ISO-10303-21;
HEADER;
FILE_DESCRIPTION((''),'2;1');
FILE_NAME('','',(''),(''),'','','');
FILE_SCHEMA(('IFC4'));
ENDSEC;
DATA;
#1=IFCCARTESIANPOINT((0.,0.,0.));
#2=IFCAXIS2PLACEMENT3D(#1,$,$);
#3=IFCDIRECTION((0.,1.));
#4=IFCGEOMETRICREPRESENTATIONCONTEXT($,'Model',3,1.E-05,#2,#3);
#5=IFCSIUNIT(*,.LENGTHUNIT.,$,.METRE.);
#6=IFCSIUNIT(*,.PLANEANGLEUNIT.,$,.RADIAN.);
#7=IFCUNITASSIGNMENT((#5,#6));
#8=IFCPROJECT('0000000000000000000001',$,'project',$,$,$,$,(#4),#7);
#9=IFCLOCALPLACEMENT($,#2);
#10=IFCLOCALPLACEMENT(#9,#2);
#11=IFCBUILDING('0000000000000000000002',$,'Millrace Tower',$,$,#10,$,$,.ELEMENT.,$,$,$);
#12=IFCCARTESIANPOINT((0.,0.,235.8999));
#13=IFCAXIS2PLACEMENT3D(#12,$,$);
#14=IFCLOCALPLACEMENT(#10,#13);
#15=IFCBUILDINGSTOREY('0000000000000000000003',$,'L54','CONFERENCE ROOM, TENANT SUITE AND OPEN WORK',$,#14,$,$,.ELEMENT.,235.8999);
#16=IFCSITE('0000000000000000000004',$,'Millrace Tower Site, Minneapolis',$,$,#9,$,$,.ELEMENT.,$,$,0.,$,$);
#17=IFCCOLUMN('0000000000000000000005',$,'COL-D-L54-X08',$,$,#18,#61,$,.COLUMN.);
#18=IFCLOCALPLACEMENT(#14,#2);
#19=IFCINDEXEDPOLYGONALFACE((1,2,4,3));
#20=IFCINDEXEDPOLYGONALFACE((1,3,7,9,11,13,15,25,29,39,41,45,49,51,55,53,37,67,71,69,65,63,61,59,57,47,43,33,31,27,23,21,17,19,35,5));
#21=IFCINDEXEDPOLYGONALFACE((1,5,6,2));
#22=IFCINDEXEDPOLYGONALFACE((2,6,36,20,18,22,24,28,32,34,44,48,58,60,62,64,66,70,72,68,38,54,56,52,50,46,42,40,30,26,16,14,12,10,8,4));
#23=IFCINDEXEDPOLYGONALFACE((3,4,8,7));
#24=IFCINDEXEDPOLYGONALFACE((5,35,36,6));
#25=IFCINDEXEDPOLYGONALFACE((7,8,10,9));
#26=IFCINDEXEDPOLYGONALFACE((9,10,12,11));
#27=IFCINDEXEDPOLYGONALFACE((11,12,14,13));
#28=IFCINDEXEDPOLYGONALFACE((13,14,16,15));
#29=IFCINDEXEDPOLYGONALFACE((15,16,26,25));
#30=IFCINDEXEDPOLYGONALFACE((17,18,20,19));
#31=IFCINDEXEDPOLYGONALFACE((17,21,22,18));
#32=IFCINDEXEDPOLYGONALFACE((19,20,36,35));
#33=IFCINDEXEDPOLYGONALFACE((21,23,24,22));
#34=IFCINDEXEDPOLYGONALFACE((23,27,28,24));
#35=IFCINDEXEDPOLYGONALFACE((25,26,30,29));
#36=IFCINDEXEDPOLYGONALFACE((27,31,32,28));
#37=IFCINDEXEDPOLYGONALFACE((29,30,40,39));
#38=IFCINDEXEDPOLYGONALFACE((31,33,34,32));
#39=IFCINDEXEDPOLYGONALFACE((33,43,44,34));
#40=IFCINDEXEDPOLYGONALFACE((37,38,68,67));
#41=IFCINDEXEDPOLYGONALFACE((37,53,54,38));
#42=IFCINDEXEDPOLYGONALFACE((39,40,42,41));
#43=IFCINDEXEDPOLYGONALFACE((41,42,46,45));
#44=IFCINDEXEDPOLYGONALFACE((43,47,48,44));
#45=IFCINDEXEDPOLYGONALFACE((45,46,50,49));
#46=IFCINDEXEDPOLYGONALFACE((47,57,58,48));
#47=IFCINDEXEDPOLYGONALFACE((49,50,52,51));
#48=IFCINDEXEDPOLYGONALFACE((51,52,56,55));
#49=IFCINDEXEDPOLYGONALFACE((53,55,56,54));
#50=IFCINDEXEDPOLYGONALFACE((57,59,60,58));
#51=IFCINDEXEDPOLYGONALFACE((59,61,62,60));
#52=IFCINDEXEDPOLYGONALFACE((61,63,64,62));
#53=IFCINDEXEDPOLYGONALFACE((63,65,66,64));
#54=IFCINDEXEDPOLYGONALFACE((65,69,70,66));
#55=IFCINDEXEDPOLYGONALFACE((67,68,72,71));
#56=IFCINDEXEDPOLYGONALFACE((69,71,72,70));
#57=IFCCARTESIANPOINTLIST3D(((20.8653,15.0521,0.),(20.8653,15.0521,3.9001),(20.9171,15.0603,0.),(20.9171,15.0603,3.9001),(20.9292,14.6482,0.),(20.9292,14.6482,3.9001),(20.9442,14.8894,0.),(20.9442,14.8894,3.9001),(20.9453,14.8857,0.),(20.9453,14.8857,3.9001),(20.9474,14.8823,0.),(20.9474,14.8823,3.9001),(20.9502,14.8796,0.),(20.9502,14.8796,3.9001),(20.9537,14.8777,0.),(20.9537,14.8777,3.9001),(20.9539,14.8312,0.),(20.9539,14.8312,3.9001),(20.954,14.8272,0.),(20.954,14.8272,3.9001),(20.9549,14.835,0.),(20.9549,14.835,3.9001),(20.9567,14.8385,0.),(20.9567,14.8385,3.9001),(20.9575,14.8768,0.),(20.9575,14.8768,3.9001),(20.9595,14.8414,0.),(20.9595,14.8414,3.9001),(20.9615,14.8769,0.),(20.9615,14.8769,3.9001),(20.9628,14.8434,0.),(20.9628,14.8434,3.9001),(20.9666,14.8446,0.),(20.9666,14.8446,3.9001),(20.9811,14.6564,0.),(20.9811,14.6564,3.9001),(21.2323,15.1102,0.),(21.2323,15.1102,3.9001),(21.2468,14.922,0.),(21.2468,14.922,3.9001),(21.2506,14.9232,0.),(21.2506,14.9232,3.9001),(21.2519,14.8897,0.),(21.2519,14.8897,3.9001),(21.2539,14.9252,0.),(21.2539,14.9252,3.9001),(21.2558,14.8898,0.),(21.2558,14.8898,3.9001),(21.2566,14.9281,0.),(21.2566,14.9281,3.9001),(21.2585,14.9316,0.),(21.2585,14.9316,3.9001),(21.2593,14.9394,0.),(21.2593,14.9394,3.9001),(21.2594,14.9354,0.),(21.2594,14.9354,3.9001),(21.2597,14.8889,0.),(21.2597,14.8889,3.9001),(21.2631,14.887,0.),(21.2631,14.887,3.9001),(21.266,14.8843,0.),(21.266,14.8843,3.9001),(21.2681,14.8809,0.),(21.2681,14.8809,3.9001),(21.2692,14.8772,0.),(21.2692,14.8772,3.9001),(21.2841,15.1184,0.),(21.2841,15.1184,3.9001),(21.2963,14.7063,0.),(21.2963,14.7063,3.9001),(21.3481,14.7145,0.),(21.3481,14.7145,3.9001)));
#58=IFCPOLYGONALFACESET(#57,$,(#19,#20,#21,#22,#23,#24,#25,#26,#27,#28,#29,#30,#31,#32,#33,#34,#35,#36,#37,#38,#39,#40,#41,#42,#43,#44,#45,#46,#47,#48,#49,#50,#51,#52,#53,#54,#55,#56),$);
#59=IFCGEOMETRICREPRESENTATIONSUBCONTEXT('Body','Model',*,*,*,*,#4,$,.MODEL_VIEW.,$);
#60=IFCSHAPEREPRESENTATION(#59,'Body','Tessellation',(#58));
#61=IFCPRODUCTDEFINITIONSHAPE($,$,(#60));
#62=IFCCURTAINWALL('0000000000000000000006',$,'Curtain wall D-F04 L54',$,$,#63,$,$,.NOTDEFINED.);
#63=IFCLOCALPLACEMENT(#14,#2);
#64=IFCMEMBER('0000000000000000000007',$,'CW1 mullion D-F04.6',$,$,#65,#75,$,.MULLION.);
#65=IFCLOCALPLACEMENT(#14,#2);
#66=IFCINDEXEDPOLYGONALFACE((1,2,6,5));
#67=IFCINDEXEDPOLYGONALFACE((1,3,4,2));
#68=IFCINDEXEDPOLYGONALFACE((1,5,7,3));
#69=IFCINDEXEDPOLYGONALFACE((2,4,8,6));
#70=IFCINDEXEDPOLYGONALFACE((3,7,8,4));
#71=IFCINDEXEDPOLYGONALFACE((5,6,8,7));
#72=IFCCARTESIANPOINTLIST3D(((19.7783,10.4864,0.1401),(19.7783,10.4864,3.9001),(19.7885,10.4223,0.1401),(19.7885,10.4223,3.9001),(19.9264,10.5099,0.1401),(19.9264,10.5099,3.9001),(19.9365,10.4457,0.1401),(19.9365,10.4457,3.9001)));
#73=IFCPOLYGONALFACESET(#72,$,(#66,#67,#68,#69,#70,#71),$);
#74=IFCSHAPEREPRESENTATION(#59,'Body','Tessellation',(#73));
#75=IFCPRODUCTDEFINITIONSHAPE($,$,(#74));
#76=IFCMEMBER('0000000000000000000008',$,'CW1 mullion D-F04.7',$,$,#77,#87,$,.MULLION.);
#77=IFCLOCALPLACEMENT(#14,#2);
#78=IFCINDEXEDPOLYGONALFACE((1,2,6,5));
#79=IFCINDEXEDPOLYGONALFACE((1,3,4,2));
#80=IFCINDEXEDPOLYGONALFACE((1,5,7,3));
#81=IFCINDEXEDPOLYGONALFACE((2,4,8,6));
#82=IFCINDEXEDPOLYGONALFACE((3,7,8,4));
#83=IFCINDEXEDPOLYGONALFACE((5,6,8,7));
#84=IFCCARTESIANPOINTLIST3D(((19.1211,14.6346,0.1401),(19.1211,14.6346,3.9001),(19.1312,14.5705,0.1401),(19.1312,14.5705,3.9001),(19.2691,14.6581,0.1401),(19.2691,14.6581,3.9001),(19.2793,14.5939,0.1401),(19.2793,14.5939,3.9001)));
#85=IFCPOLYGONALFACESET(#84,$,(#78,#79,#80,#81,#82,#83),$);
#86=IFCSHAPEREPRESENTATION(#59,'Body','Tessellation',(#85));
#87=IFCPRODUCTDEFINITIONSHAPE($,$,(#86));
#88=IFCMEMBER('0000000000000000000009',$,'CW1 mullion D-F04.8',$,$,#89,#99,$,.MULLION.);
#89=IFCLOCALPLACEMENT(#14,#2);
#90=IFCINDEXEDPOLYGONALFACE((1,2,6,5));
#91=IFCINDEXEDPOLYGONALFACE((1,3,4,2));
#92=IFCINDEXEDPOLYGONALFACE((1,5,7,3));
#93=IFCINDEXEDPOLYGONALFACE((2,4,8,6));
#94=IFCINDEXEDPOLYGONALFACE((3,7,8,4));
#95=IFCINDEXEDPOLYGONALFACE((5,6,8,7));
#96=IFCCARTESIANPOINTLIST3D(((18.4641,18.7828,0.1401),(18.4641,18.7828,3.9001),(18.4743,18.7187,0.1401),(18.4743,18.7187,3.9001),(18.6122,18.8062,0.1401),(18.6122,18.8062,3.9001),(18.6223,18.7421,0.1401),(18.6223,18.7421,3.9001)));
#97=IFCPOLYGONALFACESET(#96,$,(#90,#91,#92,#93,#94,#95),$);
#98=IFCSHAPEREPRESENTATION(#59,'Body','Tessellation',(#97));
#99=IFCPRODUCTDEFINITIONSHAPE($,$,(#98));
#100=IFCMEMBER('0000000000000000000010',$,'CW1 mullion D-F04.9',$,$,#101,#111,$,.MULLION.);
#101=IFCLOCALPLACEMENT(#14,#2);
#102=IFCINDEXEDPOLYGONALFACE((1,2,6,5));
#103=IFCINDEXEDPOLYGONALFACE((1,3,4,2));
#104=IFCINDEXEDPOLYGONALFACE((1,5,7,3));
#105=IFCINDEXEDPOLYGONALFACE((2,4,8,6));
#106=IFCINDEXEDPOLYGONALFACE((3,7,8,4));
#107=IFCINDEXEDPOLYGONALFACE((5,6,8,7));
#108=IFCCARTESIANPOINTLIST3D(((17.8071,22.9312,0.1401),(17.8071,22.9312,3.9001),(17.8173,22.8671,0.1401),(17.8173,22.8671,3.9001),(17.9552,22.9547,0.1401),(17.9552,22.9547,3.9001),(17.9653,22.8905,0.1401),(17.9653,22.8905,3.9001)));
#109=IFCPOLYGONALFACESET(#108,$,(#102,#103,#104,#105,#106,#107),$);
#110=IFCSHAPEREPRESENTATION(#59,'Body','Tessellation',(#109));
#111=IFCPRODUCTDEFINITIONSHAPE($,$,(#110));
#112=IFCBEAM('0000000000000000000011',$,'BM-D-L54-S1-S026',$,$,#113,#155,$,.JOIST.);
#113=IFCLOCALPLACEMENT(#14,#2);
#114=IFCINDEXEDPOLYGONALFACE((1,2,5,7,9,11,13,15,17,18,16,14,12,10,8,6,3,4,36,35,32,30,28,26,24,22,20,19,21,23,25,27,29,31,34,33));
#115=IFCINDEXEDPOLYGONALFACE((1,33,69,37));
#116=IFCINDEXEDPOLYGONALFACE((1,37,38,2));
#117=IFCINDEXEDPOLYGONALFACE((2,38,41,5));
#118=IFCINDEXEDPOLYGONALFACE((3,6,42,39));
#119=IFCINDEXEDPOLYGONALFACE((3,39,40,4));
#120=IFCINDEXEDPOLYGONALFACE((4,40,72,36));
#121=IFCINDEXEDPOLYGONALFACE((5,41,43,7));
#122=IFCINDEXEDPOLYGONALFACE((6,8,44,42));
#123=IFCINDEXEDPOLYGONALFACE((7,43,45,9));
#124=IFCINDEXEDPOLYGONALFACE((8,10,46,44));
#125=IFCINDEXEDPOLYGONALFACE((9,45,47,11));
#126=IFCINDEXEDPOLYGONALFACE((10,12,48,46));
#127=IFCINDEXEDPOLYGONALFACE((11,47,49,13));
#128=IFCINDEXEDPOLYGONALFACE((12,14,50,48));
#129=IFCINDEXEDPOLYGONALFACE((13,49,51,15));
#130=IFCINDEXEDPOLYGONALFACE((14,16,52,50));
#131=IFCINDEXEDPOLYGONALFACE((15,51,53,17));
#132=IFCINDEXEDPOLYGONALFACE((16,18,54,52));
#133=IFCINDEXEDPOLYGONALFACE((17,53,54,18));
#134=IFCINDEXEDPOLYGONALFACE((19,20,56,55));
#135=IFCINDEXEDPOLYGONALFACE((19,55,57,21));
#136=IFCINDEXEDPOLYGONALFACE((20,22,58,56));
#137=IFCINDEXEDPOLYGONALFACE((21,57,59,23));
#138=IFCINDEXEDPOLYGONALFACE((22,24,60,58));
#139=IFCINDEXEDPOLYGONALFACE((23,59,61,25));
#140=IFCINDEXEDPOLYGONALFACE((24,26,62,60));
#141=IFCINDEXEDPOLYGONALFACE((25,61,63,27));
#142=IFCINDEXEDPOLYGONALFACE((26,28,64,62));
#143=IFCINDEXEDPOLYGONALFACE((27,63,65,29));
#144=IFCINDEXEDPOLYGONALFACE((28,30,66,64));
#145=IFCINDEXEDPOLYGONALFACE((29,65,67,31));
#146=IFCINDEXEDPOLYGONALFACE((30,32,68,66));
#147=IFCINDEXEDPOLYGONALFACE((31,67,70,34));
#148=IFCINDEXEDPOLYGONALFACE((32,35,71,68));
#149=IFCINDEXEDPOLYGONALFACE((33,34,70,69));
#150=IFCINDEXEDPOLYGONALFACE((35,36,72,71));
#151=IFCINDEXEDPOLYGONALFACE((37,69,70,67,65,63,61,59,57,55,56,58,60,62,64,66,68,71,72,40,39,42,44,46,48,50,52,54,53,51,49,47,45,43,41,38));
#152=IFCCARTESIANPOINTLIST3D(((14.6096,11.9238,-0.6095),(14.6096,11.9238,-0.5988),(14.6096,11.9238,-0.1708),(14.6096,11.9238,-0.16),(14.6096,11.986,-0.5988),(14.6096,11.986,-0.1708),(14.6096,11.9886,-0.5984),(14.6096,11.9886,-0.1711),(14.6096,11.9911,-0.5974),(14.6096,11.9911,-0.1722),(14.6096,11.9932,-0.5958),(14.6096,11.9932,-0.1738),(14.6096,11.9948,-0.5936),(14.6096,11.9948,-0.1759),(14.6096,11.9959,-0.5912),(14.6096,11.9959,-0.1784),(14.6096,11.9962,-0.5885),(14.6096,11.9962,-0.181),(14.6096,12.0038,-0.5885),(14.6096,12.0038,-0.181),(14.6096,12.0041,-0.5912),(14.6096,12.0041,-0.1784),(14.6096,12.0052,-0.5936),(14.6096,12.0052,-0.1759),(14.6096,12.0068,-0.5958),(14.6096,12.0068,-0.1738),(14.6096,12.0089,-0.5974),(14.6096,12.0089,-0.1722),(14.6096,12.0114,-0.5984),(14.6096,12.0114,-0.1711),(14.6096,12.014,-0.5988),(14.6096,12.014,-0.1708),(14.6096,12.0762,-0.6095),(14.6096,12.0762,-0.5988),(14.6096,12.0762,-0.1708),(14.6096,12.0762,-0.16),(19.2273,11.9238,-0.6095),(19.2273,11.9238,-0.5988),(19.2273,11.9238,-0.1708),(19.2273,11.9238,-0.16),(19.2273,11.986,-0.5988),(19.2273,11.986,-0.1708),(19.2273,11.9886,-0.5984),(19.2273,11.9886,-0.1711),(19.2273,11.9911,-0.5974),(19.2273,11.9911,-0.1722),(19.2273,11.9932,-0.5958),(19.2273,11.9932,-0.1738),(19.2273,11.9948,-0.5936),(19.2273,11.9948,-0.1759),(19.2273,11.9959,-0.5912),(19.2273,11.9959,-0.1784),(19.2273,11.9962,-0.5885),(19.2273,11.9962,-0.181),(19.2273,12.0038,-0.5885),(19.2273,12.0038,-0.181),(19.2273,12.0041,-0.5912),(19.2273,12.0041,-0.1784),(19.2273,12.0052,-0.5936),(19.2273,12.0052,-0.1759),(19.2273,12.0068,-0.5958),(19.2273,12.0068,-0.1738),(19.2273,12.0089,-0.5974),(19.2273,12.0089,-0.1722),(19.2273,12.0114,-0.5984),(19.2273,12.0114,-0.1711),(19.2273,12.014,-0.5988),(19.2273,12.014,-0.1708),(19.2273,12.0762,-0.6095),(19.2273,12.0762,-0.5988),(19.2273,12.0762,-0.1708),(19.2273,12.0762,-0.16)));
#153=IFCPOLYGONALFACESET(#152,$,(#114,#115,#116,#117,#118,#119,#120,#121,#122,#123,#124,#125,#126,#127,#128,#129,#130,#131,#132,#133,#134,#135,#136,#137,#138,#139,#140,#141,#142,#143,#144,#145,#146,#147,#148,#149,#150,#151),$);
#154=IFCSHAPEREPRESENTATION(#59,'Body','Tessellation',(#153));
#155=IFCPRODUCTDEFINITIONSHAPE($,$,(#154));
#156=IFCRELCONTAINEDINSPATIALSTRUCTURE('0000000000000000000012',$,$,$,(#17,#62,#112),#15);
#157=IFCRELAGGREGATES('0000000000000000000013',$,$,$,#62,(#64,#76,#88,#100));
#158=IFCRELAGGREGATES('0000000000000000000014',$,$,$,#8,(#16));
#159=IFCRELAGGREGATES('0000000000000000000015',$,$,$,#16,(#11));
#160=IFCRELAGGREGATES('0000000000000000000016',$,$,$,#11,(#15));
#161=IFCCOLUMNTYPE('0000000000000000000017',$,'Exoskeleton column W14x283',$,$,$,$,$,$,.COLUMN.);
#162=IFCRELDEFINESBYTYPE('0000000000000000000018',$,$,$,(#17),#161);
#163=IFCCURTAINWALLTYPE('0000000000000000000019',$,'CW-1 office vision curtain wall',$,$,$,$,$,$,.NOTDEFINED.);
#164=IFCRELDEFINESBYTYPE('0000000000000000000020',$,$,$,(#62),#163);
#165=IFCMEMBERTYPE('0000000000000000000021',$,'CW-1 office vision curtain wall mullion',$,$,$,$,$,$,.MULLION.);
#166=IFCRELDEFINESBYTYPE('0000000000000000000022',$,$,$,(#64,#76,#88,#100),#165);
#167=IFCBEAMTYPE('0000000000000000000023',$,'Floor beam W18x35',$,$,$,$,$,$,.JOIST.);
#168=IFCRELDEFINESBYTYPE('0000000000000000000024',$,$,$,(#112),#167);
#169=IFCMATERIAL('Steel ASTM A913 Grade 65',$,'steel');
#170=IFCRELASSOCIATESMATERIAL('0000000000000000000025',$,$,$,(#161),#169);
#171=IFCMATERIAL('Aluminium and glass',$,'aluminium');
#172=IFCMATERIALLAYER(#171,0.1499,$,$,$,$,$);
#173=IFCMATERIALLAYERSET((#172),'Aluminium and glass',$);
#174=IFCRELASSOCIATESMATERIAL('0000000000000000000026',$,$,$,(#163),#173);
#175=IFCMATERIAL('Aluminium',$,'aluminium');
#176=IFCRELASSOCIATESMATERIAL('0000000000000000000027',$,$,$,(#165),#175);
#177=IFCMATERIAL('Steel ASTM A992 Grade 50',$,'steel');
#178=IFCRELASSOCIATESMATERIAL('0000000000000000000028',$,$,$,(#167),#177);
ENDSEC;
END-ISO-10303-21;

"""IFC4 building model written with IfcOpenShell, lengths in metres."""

from ifc_helpers import new_model, si_unit, direction, frame, origin, origin_2d, place, context, subcontext, project, spatial, rectangle, i_section, extrude, material, layer, layer_set, material_profile, profile_set, type_object, element, aggregate, save


model = new_model("IFC4")

# Units and contexts
model_context = context("Model", 3, precision=1e-05, world=origin(), true_north=direction((0.0, 1.0)))
body_context = subcontext(model_context, "Body", "Model", "MODEL_VIEW")
ifc_project = project(units=[si_unit("LENGTHUNIT", "METRE"), si_unit("PLANEANGLEUNIT", "RADIAN")], contexts=[model_context])

# Site, building, storey
site_placement = place(None, origin())
site = spatial("IfcSite", under=ifc_project, at=site_placement, Name="Millrace Tower Site, Minneapolis", CompositionType="ELEMENT", RefElevation=0.0)
building_placement = place(site_placement, origin())
building = spatial("IfcBuilding", under=site, at=building_placement, Name="Millrace Tower", CompositionType="ELEMENT")
storey_placement = place(building_placement, frame((0.0, 0.0, 235.8999)))
storey = spatial("IfcBuildingStorey", under=building, at=storey_placement, Name="L54", Description="CONFERENCE ROOM, TENANT SUITE AND OPEN WORK", CompositionType="ELEMENT", Elevation=235.8999)

# Column
ifc_material_1 = material(Name="Steel ASTM A913 Grade 65", Category="steel")
ifc_material_profile_1 = material_profile(ifc_material_1, i_section(OverallWidth=0.4089, OverallDepth=0.4241, WebThickness=0.0327, FlangeThickness=0.0525, FilletRadius=0.0151, at=origin_2d()))
ifc_profile_set_1 = profile_set([ifc_material_profile_1], Name="Steel ASTM A913 Grade 65")
column_type = type_object("IfcColumnType", Name="Exoskeleton column W14x283", PredefinedType="COLUMN", material=ifc_profile_set_1)
column_placement = place(storey_placement, frame((21.1067, 14.8833, 0.0), z_axis=(0.0, 0.0, 1.0), x_axis=(-0.156434, 0.987688, 0.0)))
element("IfcColumn", 1, at=column_placement, inside=storey, type_object=column_type, Name="COL-D-L54-X08", PredefinedType="COLUMN", context=body_context, shape_type="SweptSolid", body=[
    extrude(i_section(OverallWidth=0.4089, OverallDepth=0.4241, WebThickness=0.0327, FlangeThickness=0.0525, FilletRadius=0.0151, at=origin_2d()), origin(), (0.0, 0.0, 1.0), 3.9001),
])

# Curtain wall, members
ifc_material_2 = material(Name="Aluminium and glass", Category="aluminium")
ifc_layer_1 = layer(ifc_material_2, 0.1499)
ifc_layer_set_1 = layer_set([ifc_layer_1], Name="Aluminium and glass")
curtain_wall_type = type_object("IfcCurtainWallType", Name="CW-1 office vision curtain wall", PredefinedType="NOTDEFINED", material=ifc_layer_set_1)
curtain_wall_placement = place(storey_placement, origin())
curtain_wall = element("IfcCurtainWall", 2, at=curtain_wall_placement, inside=storey, type_object=curtain_wall_type, Name="Curtain wall D-F04 L54", PredefinedType="NOTDEFINED")
ifc_material_3 = material(Name="Aluminium", Category="aluminium")
ifc_material_profile_2 = material_profile(ifc_material_3, rectangle(XDim=0.0649, YDim=0.1499, at=origin_2d()))
ifc_profile_set_2 = profile_set([ifc_material_profile_2], Name="Aluminium")
member_type = type_object("IfcMemberType", Name="CW-1 office vision curtain wall mullion", PredefinedType="MULLION", material=ifc_profile_set_2)
member_1_placement = place(storey_placement, frame((19.8574, 10.4661, 0.1401), z_axis=(0.0, 0.0, 1.0), x_axis=(-0.156434, 0.987688, 0.0)))
member_1 = element("IfcMember", 3, at=member_1_placement, type_object=member_type, Name="CW1 mullion D-F04.6", PredefinedType="MULLION", context=body_context, shape_type="SweptSolid", body=[
    extrude(rectangle(XDim=0.0649, YDim=0.1499, at=origin_2d()), origin(), (0.0, 0.0, 1.0), 3.76),
])
member_2_placement = place(storey_placement, frame((19.2002, 14.6143, 0.1401), z_axis=(0.0, 0.0, 1.0), x_axis=(-0.156434, 0.987688, 0.0)))
member_2 = element("IfcMember", 4, at=member_2_placement, type_object=member_type, Name="CW1 mullion D-F04.7", PredefinedType="MULLION", context=body_context, shape_type="SweptSolid", body=[
    extrude(rectangle(XDim=0.0649, YDim=0.1499, at=origin_2d()), origin(), (0.0, 0.0, 1.0), 3.76),
])
member_3_placement = place(storey_placement, frame((18.5432, 18.7625, 0.1401), z_axis=(0.0, 0.0, 1.0), x_axis=(-0.156434, 0.987688, 0.0)))
member_3 = element("IfcMember", 5, at=member_3_placement, type_object=member_type, Name="CW1 mullion D-F04.8", PredefinedType="MULLION", context=body_context, shape_type="SweptSolid", body=[
    extrude(rectangle(XDim=0.0649, YDim=0.1499, at=origin_2d()), origin(), (0.0, 0.0, 1.0), 3.76),
])
member_4_placement = place(storey_placement, frame((17.8862, 22.9109, 0.1401), z_axis=(0.0, 0.0, 1.0), x_axis=(-0.156434, 0.987688, 0.0)))
member_4 = element("IfcMember", 6, at=member_4_placement, type_object=member_type, Name="CW1 mullion D-F04.9", PredefinedType="MULLION", context=body_context, shape_type="SweptSolid", body=[
    extrude(rectangle(XDim=0.0649, YDim=0.1499, at=origin_2d()), origin(), (0.0, 0.0, 1.0), 3.76),
])
aggregate(curtain_wall, [member_1, member_2, member_3, member_4])

# Beam
ifc_material_4 = material(Name="Steel ASTM A992 Grade 50", Category="steel")
ifc_material_profile_3 = material_profile(ifc_material_4, i_section(OverallWidth=0.1523, OverallDepth=0.4495, WebThickness=0.0076, FlangeThickness=0.0107, FilletRadius=0.0103, at=origin_2d()))
ifc_profile_set_3 = profile_set([ifc_material_profile_3], Name="Steel ASTM A992 Grade 50")
beam_type_1 = type_object("IfcBeamType", Name="Floor beam W18x35", PredefinedType="JOIST", material=ifc_profile_set_3)
beam_1_placement = place(storey_placement, frame((14.6096, 12.0, -0.3848), z_axis=(1.0, 0.0, 0.0), x_axis=(0.0, 1.0, 0.0)))
element("IfcBeam", 7, at=beam_1_placement, inside=storey, type_object=beam_type_1, Name="BM-D-L54-S1-S026", PredefinedType="JOIST", context=body_context, shape_type="SweptSolid", body=[
    extrude(i_section(OverallWidth=0.1523, OverallDepth=0.4495, WebThickness=0.0076, FlangeThickness=0.0107, FilletRadius=0.0103, at=origin_2d()), origin(), (0.0, 0.0, 1.0), 4.6177),
])

save(model, "model.ifc")
